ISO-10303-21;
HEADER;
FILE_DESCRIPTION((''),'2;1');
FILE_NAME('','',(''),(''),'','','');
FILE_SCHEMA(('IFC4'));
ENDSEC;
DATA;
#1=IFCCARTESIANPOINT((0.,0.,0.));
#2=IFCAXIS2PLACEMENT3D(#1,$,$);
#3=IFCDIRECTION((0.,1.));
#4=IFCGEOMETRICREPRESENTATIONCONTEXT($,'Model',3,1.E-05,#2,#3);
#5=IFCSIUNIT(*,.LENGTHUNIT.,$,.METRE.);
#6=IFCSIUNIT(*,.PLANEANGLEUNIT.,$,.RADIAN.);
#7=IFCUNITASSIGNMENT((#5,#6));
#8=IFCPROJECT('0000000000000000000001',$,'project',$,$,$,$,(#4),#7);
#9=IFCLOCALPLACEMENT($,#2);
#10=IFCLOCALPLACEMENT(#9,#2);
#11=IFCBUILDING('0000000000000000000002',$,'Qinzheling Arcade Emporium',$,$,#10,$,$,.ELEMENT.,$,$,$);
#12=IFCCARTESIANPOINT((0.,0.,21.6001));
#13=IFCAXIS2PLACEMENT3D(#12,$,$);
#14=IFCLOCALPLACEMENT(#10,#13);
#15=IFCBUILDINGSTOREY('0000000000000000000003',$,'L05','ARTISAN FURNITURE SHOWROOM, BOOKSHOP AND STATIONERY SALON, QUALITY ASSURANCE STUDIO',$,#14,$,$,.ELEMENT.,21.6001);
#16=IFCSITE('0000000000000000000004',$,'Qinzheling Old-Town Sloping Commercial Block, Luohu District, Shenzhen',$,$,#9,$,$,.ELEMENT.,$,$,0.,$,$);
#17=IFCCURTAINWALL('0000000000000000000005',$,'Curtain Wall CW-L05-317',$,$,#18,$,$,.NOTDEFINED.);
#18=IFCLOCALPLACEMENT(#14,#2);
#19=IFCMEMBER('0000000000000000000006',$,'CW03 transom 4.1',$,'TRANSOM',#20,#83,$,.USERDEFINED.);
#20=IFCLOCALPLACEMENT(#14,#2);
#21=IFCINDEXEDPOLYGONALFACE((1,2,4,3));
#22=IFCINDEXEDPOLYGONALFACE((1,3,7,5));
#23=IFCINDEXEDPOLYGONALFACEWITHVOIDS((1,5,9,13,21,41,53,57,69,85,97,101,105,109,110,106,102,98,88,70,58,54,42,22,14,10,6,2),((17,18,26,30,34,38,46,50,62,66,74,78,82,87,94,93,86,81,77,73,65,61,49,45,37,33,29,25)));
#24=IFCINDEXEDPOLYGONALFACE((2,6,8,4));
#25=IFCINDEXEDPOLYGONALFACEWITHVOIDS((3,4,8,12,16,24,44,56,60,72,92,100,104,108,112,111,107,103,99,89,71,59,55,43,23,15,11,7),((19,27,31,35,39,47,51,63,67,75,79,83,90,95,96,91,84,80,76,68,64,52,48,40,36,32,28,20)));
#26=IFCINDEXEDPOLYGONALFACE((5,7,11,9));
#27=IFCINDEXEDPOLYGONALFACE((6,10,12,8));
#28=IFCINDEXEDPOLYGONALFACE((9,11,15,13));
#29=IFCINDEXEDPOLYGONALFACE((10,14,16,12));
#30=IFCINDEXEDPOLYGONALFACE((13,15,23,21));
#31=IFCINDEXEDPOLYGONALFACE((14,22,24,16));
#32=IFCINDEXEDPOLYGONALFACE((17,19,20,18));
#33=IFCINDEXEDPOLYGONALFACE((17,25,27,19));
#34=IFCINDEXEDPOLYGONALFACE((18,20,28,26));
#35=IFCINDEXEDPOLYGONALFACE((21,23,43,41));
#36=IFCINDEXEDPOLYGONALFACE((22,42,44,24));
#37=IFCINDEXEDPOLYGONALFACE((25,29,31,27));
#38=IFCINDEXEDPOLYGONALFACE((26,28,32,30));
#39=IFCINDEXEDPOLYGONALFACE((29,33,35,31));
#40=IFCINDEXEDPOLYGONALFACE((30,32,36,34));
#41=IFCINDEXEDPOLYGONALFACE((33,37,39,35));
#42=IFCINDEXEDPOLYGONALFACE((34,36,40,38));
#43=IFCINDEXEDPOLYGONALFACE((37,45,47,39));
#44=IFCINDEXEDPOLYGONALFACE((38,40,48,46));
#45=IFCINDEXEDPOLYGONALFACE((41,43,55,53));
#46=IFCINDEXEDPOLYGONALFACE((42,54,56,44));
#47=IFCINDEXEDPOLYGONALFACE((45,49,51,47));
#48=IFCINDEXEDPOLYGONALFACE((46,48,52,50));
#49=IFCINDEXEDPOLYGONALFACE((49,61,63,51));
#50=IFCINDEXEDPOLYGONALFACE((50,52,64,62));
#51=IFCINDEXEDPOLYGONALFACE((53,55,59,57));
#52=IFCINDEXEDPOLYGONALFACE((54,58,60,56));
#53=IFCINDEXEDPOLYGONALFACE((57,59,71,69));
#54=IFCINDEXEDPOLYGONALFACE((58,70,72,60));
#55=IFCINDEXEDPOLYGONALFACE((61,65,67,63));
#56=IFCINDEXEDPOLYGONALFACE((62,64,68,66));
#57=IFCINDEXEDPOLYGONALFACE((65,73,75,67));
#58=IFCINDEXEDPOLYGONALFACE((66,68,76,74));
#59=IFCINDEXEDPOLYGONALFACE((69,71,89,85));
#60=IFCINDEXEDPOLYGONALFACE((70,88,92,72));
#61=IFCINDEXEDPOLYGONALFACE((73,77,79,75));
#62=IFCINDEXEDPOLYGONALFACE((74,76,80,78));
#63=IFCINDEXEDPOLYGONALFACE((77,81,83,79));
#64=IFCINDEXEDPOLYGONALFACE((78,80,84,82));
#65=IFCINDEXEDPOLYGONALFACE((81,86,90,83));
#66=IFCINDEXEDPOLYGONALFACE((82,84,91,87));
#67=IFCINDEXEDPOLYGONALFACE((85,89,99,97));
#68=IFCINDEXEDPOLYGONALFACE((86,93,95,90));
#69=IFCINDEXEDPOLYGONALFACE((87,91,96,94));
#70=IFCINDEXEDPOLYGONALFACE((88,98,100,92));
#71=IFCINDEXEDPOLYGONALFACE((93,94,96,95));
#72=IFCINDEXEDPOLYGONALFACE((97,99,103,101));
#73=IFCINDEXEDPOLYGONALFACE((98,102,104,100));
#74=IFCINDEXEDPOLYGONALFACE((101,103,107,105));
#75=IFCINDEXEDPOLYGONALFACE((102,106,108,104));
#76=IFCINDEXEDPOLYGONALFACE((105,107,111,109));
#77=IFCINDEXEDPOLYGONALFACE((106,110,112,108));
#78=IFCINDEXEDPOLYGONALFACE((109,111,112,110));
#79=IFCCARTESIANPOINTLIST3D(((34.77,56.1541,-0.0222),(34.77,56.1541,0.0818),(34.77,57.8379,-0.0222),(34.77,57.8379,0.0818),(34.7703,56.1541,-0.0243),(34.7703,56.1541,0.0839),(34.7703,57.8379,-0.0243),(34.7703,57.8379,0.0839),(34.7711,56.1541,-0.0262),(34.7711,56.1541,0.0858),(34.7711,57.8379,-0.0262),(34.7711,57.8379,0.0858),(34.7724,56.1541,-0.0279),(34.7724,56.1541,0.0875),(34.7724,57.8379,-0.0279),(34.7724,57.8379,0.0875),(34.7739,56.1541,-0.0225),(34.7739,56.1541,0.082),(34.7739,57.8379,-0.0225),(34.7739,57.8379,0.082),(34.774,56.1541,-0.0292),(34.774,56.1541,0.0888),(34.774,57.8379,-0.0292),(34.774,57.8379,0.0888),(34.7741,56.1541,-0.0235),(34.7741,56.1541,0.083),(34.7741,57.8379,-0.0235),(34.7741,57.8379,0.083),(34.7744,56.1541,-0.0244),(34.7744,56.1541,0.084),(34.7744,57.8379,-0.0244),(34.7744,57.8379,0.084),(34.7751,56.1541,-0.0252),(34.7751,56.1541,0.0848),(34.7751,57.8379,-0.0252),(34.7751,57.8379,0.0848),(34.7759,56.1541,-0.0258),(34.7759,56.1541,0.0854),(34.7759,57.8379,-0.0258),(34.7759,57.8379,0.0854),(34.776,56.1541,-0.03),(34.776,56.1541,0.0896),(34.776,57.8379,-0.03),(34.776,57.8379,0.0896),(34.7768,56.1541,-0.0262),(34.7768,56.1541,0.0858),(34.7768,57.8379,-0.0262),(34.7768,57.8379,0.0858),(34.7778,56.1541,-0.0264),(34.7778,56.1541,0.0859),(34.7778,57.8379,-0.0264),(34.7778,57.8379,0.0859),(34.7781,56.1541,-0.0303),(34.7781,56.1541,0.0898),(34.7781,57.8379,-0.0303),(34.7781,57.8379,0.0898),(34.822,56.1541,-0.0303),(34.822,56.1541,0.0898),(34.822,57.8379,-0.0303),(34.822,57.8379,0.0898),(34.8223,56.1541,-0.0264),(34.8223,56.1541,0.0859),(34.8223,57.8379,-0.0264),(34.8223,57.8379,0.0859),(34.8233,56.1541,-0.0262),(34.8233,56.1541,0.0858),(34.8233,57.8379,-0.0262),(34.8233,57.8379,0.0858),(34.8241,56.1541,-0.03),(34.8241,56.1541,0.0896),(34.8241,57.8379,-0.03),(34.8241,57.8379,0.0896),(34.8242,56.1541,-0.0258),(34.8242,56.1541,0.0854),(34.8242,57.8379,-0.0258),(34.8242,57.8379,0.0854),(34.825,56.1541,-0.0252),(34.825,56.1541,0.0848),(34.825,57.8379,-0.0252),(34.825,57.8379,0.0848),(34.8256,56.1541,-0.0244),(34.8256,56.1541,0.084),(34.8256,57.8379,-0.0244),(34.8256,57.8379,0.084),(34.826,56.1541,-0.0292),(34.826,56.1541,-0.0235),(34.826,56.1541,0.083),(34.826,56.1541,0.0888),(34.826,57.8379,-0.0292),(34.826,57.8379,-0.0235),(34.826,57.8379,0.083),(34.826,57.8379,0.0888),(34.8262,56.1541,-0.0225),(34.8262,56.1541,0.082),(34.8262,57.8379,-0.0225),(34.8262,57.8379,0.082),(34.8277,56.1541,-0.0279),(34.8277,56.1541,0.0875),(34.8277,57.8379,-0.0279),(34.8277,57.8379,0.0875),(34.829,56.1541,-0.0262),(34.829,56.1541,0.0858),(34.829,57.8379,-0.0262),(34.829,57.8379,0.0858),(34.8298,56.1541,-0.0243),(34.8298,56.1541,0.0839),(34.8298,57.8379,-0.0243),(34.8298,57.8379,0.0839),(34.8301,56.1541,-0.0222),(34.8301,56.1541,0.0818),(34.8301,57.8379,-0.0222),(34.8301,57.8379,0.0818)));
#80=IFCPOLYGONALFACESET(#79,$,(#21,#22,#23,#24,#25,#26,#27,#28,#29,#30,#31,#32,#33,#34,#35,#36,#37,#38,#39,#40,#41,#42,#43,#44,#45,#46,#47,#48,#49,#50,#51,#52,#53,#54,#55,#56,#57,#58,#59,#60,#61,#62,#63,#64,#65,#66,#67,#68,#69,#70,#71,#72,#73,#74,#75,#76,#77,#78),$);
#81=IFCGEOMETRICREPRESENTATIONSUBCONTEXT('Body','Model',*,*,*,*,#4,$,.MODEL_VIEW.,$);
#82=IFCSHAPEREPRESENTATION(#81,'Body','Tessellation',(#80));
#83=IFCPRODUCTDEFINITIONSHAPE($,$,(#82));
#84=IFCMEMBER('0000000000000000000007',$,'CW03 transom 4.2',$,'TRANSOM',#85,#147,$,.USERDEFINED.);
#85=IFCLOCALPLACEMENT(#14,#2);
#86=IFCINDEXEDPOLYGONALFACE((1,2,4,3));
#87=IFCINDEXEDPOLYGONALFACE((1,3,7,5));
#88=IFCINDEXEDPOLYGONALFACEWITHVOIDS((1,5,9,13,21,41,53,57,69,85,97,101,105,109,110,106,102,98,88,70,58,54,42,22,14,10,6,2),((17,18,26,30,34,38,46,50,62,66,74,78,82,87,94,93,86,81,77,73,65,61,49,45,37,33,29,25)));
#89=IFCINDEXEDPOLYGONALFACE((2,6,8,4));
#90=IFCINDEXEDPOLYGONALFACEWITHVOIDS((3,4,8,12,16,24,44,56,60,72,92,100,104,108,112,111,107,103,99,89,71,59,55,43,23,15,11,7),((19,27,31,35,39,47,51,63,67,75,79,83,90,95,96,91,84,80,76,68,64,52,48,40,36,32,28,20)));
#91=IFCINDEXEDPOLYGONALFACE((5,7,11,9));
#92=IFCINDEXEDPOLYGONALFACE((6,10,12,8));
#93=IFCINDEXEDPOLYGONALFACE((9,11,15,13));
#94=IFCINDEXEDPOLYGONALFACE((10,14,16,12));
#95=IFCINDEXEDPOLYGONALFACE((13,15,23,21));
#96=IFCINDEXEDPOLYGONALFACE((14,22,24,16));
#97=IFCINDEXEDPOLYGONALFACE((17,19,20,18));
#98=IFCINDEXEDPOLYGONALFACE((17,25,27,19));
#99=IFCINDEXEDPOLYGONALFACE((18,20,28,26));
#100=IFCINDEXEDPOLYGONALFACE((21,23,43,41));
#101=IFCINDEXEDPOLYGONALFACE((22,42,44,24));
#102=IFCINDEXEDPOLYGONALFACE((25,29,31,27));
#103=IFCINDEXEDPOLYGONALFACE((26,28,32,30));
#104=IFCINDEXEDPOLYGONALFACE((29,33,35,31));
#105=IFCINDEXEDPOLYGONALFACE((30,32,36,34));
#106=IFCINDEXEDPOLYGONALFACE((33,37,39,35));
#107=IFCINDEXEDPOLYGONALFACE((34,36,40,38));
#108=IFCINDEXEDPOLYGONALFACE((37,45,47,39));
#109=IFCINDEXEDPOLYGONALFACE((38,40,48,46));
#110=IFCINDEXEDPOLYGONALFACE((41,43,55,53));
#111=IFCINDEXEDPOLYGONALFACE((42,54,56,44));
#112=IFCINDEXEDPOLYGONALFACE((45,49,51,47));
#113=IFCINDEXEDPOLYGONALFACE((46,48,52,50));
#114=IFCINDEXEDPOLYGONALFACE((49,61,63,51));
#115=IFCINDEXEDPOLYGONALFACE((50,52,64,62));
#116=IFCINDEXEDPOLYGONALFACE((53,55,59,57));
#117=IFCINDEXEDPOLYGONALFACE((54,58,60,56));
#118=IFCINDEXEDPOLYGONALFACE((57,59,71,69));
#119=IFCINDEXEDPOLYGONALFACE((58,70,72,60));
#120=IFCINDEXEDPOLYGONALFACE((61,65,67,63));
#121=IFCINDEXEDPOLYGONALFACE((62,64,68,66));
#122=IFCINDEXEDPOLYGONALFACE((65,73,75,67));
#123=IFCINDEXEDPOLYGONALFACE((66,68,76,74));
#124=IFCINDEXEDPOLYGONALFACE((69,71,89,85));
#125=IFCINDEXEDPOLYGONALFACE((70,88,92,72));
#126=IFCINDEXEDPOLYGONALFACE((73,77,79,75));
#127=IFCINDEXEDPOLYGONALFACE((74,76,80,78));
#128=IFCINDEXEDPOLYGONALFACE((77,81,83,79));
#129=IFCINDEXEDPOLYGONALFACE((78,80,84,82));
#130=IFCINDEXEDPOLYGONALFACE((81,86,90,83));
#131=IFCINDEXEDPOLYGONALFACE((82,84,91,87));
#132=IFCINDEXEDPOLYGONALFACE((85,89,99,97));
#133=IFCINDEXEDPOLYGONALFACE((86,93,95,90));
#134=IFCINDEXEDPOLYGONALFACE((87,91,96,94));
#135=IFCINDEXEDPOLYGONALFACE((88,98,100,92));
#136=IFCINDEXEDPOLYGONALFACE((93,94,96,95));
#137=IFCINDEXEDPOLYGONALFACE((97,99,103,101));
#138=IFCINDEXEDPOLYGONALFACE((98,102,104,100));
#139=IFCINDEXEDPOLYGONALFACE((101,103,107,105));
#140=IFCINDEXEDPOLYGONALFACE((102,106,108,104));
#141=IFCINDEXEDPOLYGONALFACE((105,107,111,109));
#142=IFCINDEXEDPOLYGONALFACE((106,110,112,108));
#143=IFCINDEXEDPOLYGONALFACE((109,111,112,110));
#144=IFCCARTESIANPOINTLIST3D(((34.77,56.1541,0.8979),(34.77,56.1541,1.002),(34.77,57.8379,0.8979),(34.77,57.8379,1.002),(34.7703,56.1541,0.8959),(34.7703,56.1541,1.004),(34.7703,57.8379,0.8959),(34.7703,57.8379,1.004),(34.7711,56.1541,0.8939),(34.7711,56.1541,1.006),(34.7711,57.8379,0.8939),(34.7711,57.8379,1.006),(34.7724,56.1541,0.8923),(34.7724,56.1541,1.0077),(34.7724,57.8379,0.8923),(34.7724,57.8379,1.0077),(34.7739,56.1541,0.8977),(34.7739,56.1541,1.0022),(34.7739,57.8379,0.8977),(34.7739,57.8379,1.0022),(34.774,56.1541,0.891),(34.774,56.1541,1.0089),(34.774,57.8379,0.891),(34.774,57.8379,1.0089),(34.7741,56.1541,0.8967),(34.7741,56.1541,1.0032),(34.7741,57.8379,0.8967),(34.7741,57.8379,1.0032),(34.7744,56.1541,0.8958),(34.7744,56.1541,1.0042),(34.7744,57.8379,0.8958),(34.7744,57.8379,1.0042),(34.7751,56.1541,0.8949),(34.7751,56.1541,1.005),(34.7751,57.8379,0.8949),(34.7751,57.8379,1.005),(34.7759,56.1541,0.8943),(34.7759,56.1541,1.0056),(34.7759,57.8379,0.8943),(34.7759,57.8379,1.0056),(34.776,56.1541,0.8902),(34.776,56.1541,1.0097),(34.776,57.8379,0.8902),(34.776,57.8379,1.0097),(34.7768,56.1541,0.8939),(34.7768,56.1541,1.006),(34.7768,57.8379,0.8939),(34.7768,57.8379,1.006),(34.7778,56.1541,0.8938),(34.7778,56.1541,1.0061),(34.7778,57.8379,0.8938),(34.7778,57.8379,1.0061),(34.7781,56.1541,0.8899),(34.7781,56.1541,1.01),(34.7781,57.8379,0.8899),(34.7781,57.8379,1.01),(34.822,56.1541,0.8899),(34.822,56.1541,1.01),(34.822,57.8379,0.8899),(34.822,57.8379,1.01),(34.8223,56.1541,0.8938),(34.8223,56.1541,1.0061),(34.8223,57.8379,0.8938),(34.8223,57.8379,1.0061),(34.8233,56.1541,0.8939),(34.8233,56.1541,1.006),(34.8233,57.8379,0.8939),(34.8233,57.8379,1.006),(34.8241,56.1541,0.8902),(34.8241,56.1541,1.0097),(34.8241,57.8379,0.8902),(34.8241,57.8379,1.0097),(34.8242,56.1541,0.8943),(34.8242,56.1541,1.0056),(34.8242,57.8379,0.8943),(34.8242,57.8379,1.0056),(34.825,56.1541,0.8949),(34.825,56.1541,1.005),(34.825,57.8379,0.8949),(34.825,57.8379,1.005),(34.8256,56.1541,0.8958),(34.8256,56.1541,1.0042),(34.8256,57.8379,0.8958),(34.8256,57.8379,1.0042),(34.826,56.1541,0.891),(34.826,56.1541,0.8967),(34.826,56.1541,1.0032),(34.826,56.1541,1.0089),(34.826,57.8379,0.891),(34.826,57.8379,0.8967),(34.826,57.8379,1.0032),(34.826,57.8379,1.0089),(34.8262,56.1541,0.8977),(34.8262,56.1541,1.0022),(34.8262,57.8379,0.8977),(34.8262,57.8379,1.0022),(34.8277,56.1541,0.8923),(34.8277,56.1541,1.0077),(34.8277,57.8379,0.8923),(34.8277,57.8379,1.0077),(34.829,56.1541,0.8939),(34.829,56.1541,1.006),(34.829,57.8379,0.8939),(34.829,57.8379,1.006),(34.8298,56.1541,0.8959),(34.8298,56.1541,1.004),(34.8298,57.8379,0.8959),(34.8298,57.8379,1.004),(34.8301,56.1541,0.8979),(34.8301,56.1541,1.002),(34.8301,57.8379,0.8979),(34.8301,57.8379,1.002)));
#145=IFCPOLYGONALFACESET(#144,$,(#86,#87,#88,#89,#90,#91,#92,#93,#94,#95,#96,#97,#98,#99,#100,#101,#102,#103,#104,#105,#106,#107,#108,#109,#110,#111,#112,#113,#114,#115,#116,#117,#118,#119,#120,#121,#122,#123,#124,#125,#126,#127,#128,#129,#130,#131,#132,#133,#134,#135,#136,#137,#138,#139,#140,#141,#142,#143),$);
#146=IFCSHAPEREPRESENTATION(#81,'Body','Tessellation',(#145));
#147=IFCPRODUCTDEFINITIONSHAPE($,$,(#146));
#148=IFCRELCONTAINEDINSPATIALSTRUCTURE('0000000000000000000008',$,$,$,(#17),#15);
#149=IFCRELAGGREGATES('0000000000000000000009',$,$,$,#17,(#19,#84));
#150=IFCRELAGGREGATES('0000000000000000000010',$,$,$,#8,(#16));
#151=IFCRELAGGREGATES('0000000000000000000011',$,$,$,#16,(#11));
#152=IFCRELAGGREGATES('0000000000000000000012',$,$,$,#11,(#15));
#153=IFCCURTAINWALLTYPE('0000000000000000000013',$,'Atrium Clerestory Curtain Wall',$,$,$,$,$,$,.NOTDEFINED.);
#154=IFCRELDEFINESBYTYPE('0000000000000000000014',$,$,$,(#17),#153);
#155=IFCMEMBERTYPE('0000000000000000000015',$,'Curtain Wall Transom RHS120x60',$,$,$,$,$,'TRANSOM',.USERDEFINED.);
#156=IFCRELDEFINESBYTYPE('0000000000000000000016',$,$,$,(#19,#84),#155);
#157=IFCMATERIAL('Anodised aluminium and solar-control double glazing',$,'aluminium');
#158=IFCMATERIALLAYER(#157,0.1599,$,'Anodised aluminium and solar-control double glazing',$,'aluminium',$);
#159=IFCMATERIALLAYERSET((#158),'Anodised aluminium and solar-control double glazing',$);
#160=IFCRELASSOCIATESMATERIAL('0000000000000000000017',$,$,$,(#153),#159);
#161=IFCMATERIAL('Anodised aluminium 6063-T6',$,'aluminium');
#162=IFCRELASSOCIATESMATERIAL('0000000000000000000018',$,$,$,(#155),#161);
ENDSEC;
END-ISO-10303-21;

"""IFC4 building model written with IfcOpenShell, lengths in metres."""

from ifc_helpers import new_model, si_unit, direction, frame, origin, origin_2d, place, context, subcontext, project, spatial, hollow_rectangle, extrude, material, layer, layer_set, material_profile, profile_set, type_object, element, aggregate, save


model = new_model("IFC4")

# Units and contexts
model_context = context("Model", 3, precision=1e-05, world=origin(), true_north=direction((0.0, 1.0)))
body_context = subcontext(model_context, "Body", "Model", "MODEL_VIEW")
ifc_project = project(units=[si_unit("LENGTHUNIT", "METRE"), si_unit("PLANEANGLEUNIT", "RADIAN")], contexts=[model_context])

# Site, building, storey
site_placement = place(None, origin())
site = spatial("IfcSite", under=ifc_project, at=site_placement, Name="Qinzheling Old-Town Sloping Commercial Block, Luohu District, Shenzhen", CompositionType="ELEMENT", RefElevation=0.0)
building_placement = place(site_placement, origin())
building = spatial("IfcBuilding", under=site, at=building_placement, Name="Qinzheling Arcade Emporium", CompositionType="ELEMENT")
storey_placement = place(building_placement, frame((0.0, 0.0, 21.6001)))
storey = spatial("IfcBuildingStorey", under=building, at=storey_placement, Name="L05", Description="ARTISAN FURNITURE SHOWROOM, BOOKSHOP AND STATIONERY SALON, QUALITY ASSURANCE STUDIO", CompositionType="ELEMENT", Elevation=21.6001)

# Curtain wall
ifc_material_1 = material(Name="Anodised aluminium and solar-control double glazing", Category="aluminium")
ifc_layer_1 = layer(ifc_material_1, 0.1599, Name="Anodised aluminium and solar-control double glazing", Category="aluminium")
ifc_layer_set_1 = layer_set([ifc_layer_1], Name="Anodised aluminium and solar-control double glazing")
curtain_wall_type = type_object("IfcCurtainWallType", Name="Atrium Clerestory Curtain Wall", PredefinedType="NOTDEFINED", material=ifc_layer_set_1)
curtain_wall_1_placement = place(storey_placement, origin())
curtain_wall_1 = element("IfcCurtainWall", 1, at=curtain_wall_1_placement, inside=storey, type_object=curtain_wall_type, Name="Curtain Wall CW-L05-317", PredefinedType="NOTDEFINED")
ifc_material_2 = material(Name="Anodised aluminium 6063-T6", Category="aluminium")

# Members
ifc_material_profile_1 = material_profile(ifc_material_2, hollow_rectangle(XDim=0.0601, YDim=0.1201, WallThickness=0.0039, InnerFilletRadius=0.0039, OuterFilletRadius=0.0081, at=origin_2d()), Name="RHS 120x60x4", Category="aluminium")
ifc_profile_set_1 = profile_set([ifc_material_profile_1], Name="Anodised aluminium 6063-T6")
member_type_1 = type_object("IfcMemberType", Name="Curtain Wall Transom RHS120x60", ElementType="TRANSOM", PredefinedType="USERDEFINED", material=ifc_profile_set_1)
member_1_placement = place(storey_placement, frame((34.8, 56.1541, 0.0298), z_axis=(0.0, 1.0, 0.0), x_axis=(-1.0, 0.0, 0.0)))
member_1 = element("IfcMember", 2, at=member_1_placement, type_object=member_type_1, Name="CW03 transom 4.1", ObjectType="TRANSOM", PredefinedType="USERDEFINED", context=body_context, shape_type="SweptSolid", body=[
    extrude(hollow_rectangle(XDim=0.0601, YDim=0.1201, WallThickness=0.0039, InnerFilletRadius=0.0039, OuterFilletRadius=0.0081, at=origin_2d()), origin(), (0.0, 0.0, 1.0), 1.6838),
])
member_2_placement = place(storey_placement, frame((34.8, 56.1541, 0.95), z_axis=(0.0, 1.0, 0.0), x_axis=(-1.0, 0.0, 0.0)))
member_2 = element("IfcMember", 3, at=member_2_placement, type_object=member_type_1, Name="CW03 transom 4.2", ObjectType="TRANSOM", PredefinedType="USERDEFINED", context=body_context, shape_type="SweptSolid", body=[
    extrude(hollow_rectangle(XDim=0.0601, YDim=0.1201, WallThickness=0.0039, InnerFilletRadius=0.0039, OuterFilletRadius=0.0081, at=origin_2d()), origin(), (0.0, 0.0, 1.0), 1.6838),
])

aggregate(curtain_wall_1, [member_1, member_2])

save(model, "model.ifc")
